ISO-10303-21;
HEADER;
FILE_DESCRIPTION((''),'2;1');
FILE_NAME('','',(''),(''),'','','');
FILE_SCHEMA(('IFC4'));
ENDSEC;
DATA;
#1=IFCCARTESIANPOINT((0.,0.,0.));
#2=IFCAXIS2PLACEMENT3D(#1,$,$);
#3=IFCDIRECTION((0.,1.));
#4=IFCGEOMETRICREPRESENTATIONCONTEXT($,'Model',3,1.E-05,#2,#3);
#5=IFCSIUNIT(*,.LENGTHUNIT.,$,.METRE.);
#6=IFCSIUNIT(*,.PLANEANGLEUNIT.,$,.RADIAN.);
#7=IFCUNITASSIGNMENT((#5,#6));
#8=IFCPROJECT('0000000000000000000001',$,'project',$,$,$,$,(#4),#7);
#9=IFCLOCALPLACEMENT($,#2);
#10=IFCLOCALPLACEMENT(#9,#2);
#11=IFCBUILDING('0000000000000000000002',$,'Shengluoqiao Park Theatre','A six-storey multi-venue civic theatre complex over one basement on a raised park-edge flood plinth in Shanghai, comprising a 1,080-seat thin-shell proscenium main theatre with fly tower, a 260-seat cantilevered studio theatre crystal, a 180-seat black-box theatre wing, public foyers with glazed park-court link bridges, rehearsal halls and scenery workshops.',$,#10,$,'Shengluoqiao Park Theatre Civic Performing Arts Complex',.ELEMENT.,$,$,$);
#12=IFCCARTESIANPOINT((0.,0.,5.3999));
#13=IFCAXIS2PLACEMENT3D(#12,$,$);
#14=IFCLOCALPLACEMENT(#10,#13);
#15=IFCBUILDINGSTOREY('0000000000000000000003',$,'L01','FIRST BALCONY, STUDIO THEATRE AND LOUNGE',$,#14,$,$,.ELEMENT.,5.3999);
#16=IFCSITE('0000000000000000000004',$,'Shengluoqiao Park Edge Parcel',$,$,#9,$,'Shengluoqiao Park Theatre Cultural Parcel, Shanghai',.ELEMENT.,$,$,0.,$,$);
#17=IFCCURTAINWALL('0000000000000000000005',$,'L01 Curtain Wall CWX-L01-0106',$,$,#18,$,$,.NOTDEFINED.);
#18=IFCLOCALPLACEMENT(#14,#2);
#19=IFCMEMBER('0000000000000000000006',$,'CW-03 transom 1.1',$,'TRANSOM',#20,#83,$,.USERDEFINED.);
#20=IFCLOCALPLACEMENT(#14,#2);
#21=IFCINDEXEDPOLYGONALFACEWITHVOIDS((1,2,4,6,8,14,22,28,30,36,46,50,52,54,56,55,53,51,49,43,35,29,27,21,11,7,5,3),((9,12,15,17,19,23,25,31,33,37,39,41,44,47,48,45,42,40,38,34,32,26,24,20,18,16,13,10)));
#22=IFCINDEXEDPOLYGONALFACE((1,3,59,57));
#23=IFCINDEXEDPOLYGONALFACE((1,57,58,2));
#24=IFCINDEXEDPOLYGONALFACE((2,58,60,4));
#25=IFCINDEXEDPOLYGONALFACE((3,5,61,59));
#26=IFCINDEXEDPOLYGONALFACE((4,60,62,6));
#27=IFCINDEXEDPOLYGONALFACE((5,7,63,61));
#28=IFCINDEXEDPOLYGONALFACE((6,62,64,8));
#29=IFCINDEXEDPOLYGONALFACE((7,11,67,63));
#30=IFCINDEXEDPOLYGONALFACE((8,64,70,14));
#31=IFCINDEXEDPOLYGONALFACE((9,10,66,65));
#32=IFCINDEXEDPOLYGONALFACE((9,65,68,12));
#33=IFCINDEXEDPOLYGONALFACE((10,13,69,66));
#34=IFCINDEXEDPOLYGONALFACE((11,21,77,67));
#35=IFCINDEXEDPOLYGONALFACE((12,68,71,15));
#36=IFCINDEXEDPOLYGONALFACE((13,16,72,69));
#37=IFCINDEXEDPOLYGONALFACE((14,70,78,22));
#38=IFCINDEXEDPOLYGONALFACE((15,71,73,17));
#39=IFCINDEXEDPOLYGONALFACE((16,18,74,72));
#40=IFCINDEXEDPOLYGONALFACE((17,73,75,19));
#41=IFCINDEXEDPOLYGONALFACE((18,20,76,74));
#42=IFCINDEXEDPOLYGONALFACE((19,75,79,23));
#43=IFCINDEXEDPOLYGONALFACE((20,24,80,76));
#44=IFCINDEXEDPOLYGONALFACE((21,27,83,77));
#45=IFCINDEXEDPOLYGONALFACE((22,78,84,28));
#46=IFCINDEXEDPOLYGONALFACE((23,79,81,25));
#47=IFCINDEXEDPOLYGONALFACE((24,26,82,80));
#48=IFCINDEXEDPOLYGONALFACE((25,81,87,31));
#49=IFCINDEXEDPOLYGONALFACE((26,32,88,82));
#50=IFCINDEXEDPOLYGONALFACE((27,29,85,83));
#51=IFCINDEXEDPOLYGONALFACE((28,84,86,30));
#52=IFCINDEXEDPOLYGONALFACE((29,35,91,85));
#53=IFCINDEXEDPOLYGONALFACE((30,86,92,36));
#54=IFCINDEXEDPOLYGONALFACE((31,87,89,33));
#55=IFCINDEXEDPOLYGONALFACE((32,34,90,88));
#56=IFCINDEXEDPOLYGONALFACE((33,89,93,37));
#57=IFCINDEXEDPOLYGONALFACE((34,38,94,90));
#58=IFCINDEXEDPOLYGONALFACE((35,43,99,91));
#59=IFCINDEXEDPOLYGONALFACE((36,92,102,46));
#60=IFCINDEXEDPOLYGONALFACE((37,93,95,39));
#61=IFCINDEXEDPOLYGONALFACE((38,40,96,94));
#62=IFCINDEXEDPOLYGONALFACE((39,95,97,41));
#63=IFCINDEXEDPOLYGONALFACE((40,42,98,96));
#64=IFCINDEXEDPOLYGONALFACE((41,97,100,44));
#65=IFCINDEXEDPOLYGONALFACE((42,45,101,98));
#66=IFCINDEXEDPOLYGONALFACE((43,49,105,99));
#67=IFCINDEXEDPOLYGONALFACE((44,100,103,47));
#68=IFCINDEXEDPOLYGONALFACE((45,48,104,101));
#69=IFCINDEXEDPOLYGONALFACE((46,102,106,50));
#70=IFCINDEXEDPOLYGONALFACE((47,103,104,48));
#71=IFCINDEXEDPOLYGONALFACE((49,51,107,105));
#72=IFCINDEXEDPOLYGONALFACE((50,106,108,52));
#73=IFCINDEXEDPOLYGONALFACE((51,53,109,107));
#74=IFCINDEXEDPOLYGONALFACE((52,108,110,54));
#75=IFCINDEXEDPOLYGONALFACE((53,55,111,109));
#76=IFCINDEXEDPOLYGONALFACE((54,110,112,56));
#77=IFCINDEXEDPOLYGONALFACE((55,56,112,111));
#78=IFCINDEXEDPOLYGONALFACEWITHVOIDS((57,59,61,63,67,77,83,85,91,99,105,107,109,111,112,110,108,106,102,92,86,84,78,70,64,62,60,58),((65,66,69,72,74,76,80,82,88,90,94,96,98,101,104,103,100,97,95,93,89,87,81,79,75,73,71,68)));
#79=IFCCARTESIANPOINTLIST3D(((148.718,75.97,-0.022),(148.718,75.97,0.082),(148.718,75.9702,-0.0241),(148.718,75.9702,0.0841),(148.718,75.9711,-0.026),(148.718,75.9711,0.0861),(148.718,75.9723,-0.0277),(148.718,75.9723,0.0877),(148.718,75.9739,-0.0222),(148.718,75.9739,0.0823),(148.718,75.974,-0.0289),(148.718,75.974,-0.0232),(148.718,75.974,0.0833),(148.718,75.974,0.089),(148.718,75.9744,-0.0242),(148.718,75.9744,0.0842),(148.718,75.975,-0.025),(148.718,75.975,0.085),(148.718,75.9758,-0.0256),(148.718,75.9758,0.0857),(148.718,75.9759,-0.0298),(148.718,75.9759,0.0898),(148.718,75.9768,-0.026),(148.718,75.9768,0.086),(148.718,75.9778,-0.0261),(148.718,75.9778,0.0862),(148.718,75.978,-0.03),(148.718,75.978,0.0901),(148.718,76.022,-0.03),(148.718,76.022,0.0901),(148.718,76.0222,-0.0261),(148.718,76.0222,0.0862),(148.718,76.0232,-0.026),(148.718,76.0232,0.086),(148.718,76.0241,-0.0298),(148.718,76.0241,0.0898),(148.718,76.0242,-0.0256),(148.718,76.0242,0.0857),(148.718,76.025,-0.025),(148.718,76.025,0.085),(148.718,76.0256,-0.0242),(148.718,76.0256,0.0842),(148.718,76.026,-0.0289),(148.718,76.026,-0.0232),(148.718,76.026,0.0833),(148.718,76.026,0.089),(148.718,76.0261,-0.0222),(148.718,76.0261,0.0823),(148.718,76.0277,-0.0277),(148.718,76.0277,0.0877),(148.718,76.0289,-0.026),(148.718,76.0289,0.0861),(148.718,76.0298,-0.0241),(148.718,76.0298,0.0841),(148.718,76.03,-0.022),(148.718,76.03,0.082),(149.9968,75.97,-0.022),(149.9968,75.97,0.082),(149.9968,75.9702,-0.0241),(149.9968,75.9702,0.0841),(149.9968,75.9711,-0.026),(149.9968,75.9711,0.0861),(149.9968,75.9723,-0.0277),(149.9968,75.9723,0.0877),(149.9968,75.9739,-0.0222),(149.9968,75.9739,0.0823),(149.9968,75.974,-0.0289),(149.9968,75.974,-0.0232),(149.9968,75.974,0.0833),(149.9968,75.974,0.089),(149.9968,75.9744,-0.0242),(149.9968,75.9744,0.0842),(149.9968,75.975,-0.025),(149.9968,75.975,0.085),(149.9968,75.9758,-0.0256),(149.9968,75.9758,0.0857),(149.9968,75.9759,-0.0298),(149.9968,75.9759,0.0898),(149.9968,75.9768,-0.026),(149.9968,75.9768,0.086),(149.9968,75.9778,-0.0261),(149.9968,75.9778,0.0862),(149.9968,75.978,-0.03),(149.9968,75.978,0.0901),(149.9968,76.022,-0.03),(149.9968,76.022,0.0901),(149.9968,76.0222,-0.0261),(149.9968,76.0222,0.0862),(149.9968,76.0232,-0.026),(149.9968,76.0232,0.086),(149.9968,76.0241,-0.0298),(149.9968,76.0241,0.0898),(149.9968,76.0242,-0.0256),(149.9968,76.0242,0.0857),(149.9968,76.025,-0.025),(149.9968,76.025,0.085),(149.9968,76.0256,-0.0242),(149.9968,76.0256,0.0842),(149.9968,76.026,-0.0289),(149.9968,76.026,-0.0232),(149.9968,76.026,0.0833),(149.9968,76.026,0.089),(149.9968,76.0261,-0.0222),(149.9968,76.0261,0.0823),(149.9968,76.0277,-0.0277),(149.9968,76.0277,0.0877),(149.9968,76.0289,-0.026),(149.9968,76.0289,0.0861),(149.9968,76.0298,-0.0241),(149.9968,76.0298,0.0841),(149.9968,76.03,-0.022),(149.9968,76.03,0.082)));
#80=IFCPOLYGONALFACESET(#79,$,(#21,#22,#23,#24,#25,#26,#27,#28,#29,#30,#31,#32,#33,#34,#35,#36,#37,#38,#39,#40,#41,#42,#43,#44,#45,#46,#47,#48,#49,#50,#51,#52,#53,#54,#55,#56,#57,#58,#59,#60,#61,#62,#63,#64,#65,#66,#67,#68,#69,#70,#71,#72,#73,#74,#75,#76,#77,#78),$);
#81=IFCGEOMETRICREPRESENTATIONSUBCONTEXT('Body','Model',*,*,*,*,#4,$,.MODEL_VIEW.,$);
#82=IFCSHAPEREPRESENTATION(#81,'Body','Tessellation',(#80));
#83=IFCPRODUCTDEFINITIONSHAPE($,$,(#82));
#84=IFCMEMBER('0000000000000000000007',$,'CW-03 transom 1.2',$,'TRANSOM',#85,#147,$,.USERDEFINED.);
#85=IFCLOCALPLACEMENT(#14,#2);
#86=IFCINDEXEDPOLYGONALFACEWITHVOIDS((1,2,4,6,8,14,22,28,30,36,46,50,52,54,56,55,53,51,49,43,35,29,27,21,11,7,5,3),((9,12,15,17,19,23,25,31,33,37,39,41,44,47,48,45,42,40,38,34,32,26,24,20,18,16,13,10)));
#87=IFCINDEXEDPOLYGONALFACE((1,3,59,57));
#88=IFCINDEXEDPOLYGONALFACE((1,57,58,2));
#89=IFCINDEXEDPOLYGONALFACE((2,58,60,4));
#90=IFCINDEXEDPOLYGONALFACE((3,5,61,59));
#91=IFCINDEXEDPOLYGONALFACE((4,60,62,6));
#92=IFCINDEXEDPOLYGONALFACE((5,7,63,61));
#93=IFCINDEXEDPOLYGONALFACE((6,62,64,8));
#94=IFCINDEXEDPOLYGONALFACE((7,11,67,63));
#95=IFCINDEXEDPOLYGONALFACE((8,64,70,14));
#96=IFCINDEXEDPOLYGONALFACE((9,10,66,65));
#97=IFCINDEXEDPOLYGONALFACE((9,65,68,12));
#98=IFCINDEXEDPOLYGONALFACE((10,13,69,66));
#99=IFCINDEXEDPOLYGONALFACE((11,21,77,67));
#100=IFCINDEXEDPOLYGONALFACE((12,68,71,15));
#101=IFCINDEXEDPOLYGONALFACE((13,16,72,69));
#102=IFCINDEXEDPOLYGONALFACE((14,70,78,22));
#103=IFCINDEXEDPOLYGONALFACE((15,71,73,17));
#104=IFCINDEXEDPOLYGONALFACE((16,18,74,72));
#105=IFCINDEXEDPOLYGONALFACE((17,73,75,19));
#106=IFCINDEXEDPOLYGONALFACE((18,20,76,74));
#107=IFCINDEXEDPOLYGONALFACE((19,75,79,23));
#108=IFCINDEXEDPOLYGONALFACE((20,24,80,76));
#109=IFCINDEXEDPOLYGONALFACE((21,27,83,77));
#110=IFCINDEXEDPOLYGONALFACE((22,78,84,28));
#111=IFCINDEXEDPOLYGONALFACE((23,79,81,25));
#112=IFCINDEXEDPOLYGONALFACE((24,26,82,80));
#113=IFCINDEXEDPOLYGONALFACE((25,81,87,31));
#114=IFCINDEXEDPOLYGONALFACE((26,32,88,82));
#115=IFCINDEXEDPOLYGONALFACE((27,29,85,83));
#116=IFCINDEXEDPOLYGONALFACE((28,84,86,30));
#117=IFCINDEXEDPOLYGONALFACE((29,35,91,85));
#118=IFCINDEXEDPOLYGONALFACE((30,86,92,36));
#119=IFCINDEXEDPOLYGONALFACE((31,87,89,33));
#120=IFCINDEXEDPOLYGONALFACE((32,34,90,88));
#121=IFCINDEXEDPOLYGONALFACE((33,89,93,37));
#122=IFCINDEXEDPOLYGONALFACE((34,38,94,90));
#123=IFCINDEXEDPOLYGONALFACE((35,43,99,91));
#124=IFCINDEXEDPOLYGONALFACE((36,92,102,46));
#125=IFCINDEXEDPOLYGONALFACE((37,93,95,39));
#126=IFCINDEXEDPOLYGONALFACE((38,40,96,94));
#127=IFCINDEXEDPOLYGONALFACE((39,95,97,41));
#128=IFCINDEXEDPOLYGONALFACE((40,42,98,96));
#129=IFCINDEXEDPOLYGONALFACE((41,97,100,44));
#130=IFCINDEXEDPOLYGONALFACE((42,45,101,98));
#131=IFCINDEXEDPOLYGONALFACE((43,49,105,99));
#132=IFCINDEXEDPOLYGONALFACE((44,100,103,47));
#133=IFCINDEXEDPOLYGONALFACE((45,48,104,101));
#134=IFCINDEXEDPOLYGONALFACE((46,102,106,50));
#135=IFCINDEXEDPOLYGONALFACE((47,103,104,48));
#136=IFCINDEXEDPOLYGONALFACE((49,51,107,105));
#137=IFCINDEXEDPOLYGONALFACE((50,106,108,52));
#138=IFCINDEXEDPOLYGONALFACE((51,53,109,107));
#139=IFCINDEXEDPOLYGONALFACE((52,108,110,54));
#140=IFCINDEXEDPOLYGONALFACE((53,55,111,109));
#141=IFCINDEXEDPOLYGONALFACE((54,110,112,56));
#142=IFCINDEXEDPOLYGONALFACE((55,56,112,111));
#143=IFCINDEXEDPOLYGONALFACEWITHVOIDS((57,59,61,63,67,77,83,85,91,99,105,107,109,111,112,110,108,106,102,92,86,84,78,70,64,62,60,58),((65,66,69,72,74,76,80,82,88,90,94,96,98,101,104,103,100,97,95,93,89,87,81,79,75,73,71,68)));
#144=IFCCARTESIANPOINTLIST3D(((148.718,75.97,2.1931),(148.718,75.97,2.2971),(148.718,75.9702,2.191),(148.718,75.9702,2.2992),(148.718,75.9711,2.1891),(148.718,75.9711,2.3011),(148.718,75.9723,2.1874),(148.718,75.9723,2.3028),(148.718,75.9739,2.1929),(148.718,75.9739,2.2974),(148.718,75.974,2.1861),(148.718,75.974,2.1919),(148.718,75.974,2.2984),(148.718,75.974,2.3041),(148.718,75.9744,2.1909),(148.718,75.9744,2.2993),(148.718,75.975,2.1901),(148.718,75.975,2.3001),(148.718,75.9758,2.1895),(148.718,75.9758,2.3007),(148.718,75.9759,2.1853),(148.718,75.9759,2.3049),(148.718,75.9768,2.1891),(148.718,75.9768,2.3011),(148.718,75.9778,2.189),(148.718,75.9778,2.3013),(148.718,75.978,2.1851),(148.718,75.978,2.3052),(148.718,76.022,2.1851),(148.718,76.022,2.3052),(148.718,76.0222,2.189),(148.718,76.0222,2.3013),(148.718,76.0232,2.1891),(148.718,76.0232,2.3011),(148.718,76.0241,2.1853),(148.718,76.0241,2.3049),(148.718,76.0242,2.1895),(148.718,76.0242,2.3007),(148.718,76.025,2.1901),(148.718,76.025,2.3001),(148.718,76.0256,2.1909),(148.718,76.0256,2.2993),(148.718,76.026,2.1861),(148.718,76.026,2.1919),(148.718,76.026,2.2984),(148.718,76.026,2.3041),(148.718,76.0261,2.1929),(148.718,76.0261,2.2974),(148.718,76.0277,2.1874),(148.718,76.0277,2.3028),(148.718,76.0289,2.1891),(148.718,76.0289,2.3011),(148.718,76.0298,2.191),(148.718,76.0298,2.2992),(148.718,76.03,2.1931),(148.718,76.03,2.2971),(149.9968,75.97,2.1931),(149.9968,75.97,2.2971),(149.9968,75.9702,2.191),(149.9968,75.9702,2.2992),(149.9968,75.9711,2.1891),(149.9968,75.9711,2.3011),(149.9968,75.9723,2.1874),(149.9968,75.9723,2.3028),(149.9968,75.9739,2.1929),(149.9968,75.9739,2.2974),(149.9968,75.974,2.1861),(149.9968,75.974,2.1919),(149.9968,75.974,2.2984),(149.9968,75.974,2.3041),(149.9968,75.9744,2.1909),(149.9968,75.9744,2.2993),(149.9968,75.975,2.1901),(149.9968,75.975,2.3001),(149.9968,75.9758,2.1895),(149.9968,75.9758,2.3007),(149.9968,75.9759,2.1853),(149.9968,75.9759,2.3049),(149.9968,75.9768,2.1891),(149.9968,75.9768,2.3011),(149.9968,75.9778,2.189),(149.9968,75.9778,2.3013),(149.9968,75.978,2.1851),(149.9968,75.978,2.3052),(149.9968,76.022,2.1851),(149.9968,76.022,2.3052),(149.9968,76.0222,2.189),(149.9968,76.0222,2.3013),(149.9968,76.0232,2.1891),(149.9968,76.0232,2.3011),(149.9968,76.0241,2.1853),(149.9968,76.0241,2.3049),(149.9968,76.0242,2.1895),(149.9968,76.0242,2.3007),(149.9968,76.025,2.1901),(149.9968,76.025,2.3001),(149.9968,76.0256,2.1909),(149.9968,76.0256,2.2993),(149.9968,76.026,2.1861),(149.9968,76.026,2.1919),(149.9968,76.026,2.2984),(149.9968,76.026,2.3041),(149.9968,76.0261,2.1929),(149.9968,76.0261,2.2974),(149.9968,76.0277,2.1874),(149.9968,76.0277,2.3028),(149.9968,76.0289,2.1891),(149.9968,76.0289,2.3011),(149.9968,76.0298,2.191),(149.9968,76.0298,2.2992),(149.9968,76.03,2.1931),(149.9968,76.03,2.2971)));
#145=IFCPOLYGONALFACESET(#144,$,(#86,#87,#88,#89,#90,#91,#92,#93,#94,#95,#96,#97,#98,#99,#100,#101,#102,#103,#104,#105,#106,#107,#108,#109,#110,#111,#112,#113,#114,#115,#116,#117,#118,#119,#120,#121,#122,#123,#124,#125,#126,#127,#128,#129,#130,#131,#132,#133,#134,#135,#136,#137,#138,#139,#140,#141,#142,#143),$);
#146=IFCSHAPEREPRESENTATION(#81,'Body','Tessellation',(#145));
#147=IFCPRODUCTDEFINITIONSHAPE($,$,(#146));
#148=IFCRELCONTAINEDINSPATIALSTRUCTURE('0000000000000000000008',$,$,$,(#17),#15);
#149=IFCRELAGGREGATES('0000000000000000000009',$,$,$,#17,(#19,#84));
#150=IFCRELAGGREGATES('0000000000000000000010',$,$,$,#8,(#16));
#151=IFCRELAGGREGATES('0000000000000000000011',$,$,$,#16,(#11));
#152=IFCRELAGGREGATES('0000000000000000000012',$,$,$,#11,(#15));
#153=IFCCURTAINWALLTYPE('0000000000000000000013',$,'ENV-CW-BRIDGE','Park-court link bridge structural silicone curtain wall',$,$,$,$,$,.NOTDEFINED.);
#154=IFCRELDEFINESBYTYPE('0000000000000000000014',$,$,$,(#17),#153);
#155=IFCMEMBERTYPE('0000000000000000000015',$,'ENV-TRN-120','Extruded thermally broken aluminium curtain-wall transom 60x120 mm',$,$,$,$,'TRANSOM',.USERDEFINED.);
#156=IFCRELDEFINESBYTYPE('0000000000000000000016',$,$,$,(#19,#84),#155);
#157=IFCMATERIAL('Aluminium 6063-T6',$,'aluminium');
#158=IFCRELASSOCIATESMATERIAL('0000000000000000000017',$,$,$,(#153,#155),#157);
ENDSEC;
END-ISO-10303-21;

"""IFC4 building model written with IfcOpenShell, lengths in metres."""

from ifc_helpers import new_model, si_unit, direction, frame, origin, origin_2d, place, context, subcontext, project, spatial, hollow_rectangle, extrude, material, material_profile, profile_set, type_object, element, aggregate, save


model = new_model("IFC4")

# Units and contexts
model_context = context("Model", 3, precision=1e-05, world=origin(), true_north=direction((0.0, 1.0)))
body_context = subcontext(model_context, "Body", "Model", "MODEL_VIEW")
ifc_project = project(units=[si_unit("LENGTHUNIT", "METRE"), si_unit("PLANEANGLEUNIT", "RADIAN")], contexts=[model_context])

# Site, building, storey
site_placement = place(None, origin())
site = spatial("IfcSite", under=ifc_project, at=site_placement, Name="Shengluoqiao Park Edge Parcel", LongName="Shengluoqiao Park Theatre Cultural Parcel, Shanghai", CompositionType="ELEMENT", RefElevation=0.0)
building_placement = place(site_placement, origin())
building = spatial("IfcBuilding", under=site, at=building_placement, Name="Shengluoqiao Park Theatre", Description="A six-storey multi-venue civic theatre complex over one basement on a raised park-edge flood plinth in Shanghai, comprising a 1,080-seat thin-shell proscenium main theatre with fly tower, a 260-seat cantilevered studio theatre crystal, a 180-seat black-box theatre wing, public foyers with glazed park-court link bridges, rehearsal halls and scenery workshops.", LongName="Shengluoqiao Park Theatre Civic Performing Arts Complex", CompositionType="ELEMENT")
storey_placement = place(building_placement, frame((0.0, 0.0, 5.3999)))
storey = spatial("IfcBuildingStorey", under=building, at=storey_placement, Name="L01", Description="FIRST BALCONY, STUDIO THEATRE AND LOUNGE", CompositionType="ELEMENT", Elevation=5.3999)

# Curtain wall
ifc_material_1 = material(Name="Aluminium 6063-T6", Category="aluminium")
curtain_wall_type = type_object("IfcCurtainWallType", Name="ENV-CW-BRIDGE", Description="Park-court link bridge structural silicone curtain wall", PredefinedType="NOTDEFINED", material=ifc_material_1)
curtain_wall_1_placement = place(storey_placement, origin())
curtain_wall_1 = element("IfcCurtainWall", 1, at=curtain_wall_1_placement, inside=storey, type_object=curtain_wall_type, Name="L01 Curtain Wall CWX-L01-0106", PredefinedType="NOTDEFINED")

# Members
ifc_material_profile_1 = material_profile(ifc_material_1, hollow_rectangle(XDim=0.0601, YDim=0.1201, WallThickness=0.0039, InnerFilletRadius=0.0039, OuterFilletRadius=0.0081, at=origin_2d()), Name="ALU TRANSOM 120x60x4")
ifc_profile_set_1 = profile_set([ifc_material_profile_1], Name="Aluminium 6063-T6")
member_type_1 = type_object("IfcMemberType", Name="ENV-TRN-120", Description="Extruded thermally broken aluminium curtain-wall transom 60x120 mm", ElementType="TRANSOM", PredefinedType="USERDEFINED", material=ifc_profile_set_1)
member_1_placement = place(storey_placement, frame((148.718, 76.0, 0.03), z_axis=(1.0, 0.0, 0.0), x_axis=(0.0, 1.0, 0.0)))
member_1 = element("IfcMember", 2, at=member_1_placement, type_object=member_type_1, Name="CW-03 transom 1.1", ObjectType="TRANSOM", PredefinedType="USERDEFINED", context=body_context, shape_type="SweptSolid", body=[
    extrude(hollow_rectangle(XDim=0.0601, YDim=0.1201, WallThickness=0.0039, InnerFilletRadius=0.0039, OuterFilletRadius=0.0081, at=origin_2d()), origin(), (0.0, 0.0, 1.0), 1.2788),
])
member_2_placement = place(storey_placement, frame((148.718, 76.0, 2.2451), z_axis=(1.0, 0.0, 0.0), x_axis=(0.0, 1.0, 0.0)))
member_2 = element("IfcMember", 3, at=member_2_placement, type_object=member_type_1, Name="CW-03 transom 1.2", ObjectType="TRANSOM", PredefinedType="USERDEFINED", context=body_context, shape_type="SweptSolid", body=[
    extrude(hollow_rectangle(XDim=0.0601, YDim=0.1201, WallThickness=0.0039, InnerFilletRadius=0.0039, OuterFilletRadius=0.0081, at=origin_2d()), origin(), (0.0, 0.0, 1.0), 1.2788),
])

aggregate(curtain_wall_1, [member_1, member_2])

save(model, "model.ifc")
